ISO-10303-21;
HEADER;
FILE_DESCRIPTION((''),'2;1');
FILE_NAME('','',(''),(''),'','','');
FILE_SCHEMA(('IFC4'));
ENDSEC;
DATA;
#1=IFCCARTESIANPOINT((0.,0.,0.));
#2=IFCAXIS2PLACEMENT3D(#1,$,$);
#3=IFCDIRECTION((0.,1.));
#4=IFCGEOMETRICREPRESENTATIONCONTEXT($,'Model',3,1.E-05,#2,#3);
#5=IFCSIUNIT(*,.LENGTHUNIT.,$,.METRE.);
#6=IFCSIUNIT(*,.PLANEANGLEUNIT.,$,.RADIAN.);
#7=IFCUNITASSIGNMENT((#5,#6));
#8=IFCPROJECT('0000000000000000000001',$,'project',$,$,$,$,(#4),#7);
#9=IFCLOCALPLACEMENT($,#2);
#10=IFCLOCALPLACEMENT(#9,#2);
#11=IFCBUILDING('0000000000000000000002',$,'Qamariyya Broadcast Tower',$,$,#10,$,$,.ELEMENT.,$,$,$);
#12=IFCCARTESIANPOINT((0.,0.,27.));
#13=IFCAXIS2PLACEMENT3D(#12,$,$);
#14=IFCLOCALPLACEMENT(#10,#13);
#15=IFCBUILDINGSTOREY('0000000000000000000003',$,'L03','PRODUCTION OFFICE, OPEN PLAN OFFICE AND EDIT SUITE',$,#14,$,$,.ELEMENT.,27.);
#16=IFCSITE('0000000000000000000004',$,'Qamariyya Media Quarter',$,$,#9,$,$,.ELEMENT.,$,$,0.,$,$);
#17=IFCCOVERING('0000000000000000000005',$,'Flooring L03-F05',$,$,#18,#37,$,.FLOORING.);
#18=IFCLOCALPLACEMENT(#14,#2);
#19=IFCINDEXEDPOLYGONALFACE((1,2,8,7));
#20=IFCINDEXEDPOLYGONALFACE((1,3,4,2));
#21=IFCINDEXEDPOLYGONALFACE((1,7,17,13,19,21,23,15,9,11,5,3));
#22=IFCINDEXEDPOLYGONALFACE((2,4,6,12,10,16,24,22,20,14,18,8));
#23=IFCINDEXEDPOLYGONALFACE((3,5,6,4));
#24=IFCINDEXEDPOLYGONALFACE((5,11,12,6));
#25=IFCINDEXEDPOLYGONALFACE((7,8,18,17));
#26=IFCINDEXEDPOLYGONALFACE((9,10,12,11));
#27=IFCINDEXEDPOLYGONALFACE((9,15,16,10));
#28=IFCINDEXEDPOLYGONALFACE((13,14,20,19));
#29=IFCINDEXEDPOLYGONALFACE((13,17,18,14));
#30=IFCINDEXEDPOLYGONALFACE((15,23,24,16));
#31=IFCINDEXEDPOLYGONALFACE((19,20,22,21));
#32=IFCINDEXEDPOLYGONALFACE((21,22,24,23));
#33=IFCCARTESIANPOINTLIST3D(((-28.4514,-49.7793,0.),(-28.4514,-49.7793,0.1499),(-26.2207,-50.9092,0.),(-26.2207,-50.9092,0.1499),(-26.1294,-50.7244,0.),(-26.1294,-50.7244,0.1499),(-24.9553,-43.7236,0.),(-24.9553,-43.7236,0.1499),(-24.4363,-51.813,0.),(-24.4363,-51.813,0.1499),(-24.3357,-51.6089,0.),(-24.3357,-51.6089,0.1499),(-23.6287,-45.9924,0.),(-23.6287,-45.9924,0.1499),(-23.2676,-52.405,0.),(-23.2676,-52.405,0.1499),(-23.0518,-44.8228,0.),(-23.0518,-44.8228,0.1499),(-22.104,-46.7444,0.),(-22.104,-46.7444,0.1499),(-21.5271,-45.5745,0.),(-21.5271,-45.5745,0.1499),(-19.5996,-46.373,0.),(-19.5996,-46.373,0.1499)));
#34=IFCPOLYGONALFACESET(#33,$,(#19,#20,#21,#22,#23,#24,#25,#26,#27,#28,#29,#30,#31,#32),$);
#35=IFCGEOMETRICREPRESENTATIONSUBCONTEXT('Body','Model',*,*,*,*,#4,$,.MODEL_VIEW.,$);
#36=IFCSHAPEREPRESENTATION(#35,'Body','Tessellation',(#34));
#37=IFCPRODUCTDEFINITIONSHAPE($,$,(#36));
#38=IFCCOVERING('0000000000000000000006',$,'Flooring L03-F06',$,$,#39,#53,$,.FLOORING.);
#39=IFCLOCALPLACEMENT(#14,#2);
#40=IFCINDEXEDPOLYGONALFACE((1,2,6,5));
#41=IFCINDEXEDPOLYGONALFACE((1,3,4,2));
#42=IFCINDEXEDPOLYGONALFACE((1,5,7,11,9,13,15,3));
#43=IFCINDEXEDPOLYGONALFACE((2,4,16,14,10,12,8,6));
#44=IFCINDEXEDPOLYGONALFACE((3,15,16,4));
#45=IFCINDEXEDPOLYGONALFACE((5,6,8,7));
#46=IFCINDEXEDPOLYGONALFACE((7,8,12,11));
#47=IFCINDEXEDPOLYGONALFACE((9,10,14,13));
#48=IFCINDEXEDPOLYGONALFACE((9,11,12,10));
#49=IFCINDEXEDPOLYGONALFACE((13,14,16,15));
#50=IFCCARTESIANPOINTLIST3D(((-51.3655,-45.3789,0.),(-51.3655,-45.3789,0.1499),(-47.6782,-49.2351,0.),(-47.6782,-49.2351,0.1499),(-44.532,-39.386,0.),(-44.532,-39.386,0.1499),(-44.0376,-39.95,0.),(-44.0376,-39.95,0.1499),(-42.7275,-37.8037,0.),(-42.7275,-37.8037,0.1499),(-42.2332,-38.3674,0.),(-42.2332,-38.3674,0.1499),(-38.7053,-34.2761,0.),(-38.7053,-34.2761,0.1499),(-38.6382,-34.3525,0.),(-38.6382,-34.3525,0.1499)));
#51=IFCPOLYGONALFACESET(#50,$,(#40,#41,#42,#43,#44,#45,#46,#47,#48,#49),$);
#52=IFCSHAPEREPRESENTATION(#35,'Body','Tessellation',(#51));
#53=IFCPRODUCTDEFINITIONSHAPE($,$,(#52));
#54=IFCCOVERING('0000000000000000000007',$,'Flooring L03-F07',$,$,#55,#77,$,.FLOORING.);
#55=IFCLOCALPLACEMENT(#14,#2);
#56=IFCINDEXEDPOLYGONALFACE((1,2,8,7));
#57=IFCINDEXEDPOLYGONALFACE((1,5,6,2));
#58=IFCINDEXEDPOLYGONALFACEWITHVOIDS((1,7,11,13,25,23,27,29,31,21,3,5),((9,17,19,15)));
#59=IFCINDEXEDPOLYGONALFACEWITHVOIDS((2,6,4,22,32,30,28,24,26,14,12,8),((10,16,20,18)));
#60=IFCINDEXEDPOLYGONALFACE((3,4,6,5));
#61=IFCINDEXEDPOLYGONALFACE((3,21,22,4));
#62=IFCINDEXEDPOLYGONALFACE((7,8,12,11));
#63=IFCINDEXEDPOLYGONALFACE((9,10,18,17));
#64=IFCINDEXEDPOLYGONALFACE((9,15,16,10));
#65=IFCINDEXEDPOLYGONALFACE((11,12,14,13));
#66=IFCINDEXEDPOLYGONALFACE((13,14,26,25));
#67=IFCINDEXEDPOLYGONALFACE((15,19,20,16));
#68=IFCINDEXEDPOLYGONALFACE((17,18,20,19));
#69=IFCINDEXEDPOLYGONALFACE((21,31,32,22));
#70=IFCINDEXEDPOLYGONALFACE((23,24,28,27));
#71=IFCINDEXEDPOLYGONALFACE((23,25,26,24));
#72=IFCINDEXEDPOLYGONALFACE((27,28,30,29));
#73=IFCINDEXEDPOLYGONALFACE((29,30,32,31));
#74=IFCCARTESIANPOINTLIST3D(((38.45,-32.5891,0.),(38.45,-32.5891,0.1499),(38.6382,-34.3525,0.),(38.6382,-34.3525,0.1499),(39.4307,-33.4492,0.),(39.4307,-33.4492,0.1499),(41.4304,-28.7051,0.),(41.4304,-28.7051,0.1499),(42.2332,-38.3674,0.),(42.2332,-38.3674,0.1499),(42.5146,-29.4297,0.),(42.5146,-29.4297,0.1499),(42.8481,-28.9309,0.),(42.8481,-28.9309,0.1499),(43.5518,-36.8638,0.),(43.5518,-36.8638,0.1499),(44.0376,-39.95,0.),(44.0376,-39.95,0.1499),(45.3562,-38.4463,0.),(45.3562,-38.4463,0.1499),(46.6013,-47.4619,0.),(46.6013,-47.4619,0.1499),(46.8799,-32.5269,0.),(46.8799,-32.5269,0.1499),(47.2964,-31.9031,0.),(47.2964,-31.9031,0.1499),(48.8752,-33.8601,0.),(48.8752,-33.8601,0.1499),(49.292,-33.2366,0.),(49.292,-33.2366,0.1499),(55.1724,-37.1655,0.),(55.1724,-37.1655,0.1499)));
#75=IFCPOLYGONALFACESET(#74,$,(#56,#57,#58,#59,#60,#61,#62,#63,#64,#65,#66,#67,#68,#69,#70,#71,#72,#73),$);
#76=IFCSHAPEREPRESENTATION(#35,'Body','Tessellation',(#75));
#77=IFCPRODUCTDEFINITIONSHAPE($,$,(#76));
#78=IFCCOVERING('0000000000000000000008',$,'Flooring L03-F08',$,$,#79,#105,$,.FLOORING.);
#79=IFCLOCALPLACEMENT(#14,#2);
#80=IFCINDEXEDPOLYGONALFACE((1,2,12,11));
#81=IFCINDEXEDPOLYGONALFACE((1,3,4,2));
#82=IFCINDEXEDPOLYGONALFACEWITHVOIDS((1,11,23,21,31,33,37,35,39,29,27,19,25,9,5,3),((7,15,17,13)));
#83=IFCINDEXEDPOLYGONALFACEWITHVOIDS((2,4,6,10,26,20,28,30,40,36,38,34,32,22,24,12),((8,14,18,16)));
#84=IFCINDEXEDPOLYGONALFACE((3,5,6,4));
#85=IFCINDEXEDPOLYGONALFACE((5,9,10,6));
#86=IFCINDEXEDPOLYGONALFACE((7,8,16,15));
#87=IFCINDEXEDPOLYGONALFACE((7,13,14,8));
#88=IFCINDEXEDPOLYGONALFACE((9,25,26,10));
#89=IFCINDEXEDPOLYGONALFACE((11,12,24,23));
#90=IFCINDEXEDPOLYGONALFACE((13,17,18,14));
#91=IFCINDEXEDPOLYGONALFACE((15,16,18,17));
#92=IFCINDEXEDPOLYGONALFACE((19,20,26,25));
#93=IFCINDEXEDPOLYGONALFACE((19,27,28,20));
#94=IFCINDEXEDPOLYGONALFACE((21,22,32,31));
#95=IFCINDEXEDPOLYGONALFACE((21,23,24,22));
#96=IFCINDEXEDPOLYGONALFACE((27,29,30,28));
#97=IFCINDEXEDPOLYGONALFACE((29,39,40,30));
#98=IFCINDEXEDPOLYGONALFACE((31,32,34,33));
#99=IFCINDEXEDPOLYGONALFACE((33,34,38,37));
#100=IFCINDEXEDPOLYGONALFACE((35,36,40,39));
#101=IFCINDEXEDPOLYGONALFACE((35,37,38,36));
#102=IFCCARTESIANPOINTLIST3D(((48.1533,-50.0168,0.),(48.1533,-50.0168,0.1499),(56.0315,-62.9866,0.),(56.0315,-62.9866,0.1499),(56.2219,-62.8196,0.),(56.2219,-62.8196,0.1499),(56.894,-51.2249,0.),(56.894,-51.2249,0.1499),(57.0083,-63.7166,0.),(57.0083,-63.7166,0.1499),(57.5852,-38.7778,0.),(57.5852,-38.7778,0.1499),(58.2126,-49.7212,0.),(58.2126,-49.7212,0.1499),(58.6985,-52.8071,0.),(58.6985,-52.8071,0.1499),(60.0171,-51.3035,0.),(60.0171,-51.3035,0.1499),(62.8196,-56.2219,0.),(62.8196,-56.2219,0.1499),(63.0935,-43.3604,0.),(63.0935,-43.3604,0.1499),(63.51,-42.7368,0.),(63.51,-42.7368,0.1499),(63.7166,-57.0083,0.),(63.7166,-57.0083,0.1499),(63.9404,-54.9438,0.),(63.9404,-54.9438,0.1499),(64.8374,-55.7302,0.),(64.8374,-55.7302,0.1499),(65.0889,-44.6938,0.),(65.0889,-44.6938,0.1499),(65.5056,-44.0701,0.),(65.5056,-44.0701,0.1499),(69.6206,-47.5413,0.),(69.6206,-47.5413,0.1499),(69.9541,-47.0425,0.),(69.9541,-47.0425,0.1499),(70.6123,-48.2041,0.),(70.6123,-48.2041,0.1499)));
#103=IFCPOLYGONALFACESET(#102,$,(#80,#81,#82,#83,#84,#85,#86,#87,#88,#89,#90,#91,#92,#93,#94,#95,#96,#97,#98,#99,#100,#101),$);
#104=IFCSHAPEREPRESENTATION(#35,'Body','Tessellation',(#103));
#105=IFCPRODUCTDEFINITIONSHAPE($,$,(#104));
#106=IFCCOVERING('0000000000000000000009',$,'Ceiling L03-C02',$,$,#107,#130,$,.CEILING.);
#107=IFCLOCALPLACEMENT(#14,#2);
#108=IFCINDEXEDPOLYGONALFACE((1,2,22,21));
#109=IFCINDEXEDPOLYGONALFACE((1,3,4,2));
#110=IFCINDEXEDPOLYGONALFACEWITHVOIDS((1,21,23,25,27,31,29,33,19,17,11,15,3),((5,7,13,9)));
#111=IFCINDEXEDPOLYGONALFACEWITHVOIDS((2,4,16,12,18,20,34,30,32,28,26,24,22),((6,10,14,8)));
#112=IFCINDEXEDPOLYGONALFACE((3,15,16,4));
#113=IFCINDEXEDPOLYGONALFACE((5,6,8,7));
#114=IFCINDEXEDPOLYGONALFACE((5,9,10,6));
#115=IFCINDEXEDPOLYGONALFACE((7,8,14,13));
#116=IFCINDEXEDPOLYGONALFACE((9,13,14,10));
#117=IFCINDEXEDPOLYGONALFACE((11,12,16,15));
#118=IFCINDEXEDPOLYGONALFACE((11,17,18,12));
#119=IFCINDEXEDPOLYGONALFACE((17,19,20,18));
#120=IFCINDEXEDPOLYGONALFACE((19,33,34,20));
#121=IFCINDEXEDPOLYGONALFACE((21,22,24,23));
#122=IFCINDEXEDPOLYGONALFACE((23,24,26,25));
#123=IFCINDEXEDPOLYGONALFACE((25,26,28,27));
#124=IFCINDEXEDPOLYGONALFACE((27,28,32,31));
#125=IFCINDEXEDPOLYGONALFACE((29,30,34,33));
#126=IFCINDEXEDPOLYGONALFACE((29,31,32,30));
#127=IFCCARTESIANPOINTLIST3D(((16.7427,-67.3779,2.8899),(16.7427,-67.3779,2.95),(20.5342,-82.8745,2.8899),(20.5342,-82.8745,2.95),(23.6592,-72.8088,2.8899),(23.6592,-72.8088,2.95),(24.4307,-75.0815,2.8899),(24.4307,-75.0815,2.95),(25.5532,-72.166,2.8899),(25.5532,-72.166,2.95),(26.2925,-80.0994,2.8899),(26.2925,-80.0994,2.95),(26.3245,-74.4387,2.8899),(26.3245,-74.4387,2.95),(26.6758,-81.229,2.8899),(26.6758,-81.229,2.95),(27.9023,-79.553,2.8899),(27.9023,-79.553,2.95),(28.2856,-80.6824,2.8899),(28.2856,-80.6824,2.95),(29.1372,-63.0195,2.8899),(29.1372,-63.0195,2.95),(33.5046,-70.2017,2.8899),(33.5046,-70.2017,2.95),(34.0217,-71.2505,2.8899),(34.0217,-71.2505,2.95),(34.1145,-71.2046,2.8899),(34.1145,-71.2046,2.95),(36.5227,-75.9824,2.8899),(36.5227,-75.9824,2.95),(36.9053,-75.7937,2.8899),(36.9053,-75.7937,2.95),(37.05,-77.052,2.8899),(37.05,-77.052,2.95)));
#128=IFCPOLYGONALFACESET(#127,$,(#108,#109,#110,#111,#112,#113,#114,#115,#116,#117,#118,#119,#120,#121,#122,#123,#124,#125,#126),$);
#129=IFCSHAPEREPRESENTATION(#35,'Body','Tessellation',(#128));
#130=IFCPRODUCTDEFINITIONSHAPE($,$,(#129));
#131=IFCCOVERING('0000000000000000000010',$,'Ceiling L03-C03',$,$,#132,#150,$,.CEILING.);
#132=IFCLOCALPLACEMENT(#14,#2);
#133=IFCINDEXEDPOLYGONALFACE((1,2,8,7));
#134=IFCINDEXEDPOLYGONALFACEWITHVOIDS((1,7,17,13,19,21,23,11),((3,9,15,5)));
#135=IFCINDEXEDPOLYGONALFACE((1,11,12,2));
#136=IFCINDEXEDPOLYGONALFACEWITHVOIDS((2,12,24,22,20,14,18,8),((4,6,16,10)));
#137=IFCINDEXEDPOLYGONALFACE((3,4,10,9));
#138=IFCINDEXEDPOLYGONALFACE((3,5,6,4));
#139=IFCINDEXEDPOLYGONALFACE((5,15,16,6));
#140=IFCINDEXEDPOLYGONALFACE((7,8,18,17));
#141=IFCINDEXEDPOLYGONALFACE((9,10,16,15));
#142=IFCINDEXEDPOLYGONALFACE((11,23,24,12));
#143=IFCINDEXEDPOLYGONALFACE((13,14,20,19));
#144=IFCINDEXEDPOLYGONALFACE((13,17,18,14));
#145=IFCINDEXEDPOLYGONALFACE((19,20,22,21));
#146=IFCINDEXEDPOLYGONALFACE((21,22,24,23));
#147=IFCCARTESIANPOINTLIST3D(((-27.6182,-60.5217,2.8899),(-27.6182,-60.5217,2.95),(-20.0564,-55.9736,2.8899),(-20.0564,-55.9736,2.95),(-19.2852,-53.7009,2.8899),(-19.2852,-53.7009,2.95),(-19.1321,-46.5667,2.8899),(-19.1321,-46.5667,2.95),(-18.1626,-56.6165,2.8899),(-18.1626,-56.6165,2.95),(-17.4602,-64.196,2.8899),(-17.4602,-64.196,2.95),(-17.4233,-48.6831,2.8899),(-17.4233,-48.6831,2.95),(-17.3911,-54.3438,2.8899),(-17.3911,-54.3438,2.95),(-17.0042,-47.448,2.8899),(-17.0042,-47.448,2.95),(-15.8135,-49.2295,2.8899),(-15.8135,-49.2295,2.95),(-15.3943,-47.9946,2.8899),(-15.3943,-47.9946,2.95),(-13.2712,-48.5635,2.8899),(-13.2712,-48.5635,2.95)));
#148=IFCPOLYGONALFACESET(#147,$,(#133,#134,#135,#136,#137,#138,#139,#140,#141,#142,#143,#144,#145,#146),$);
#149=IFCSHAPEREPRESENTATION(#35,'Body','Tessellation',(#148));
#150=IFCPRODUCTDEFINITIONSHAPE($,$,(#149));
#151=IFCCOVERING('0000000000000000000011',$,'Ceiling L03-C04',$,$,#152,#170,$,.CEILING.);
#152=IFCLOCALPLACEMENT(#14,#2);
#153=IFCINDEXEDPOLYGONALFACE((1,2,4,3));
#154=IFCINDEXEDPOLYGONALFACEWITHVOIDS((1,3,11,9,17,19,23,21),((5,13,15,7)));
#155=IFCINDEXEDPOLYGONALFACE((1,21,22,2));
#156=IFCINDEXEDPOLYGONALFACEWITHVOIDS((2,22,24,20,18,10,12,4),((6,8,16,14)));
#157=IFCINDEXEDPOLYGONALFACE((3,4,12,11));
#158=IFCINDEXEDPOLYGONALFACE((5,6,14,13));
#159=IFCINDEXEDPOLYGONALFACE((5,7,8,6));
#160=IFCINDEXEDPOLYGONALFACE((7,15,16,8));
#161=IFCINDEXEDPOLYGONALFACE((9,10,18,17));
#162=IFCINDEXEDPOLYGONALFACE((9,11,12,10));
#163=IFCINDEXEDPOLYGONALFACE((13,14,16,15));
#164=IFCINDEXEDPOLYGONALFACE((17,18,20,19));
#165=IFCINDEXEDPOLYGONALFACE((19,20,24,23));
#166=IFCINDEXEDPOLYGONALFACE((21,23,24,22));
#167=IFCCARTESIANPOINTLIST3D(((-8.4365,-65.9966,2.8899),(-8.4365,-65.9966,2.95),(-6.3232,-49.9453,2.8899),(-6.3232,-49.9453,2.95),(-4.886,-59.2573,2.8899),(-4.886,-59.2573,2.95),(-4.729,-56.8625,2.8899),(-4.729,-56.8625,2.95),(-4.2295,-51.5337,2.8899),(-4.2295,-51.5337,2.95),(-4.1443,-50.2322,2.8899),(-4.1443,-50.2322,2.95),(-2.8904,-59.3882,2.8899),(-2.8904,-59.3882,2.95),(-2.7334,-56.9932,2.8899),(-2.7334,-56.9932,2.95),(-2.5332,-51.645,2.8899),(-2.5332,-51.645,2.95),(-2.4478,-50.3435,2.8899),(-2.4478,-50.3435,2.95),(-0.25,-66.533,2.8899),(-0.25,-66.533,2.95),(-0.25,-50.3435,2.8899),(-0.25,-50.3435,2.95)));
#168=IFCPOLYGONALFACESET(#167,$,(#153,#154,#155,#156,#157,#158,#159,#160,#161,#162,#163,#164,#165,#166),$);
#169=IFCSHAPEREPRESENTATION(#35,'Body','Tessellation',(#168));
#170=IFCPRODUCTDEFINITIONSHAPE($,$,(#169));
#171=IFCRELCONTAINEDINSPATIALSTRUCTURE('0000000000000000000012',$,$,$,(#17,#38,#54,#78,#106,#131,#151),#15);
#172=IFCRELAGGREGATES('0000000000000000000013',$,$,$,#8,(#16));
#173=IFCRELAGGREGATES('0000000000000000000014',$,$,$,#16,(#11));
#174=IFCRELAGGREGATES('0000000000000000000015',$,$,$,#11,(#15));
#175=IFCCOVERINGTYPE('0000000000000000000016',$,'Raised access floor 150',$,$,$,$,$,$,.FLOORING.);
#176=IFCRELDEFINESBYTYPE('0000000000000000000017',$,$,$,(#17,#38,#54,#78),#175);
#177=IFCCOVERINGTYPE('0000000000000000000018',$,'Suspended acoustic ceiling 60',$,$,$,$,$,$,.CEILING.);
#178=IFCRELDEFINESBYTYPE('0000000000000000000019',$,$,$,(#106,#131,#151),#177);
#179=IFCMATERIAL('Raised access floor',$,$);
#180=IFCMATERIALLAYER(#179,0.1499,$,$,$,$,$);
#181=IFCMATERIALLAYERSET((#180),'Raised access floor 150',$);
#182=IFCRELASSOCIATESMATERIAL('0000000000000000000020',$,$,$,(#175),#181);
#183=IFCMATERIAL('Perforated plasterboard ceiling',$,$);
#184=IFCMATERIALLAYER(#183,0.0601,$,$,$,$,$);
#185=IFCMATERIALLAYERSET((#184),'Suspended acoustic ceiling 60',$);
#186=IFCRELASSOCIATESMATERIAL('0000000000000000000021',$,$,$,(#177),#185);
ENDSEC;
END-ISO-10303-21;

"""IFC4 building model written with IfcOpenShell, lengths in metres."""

from ifc_helpers import new_model, si_unit, direction, frame, origin, place, context, subcontext, project, spatial, polyline, outline, extrude, material, layer, layer_set, type_object, element, save


model = new_model("IFC4")

# Units and contexts
model_context = context("Model", 3, precision=1e-05, world=origin(), true_north=direction((0.0, 1.0)))
body_context = subcontext(model_context, "Body", "Model", "MODEL_VIEW")
ifc_project = project(units=[si_unit("LENGTHUNIT", "METRE"), si_unit("PLANEANGLEUNIT", "RADIAN")], contexts=[model_context])

# Site, building, storey
site_placement = place(None, origin())
site = spatial("IfcSite", under=ifc_project, at=site_placement, Name="Qamariyya Media Quarter", CompositionType="ELEMENT", RefElevation=0.0)
building_placement = place(site_placement, origin())
building = spatial("IfcBuilding", under=site, at=building_placement, Name="Qamariyya Broadcast Tower", CompositionType="ELEMENT")
storey_placement = place(building_placement, frame((0.0, 0.0, 27.0)))
storey = spatial("IfcBuildingStorey", under=building, at=storey_placement, Name="L03", Description="PRODUCTION OFFICE, OPEN PLAN OFFICE AND EDIT SUITE", CompositionType="ELEMENT", Elevation=27.0)

# Coverings
ifc_material_1 = material(Name="Raised access floor")
ifc_layer_1 = layer(ifc_material_1, 0.1499)
ifc_layer_set_1 = layer_set([ifc_layer_1], Name="Raised access floor 150")
covering_type_1 = type_object("IfcCoveringType", Name="Raised access floor 150", PredefinedType="FLOORING", material=ifc_layer_set_1)
covering_1_placement = place(storey_placement, origin())
element("IfcCovering", 1, at=covering_1_placement, inside=storey, type_object=covering_type_1, Name="Flooring L03-F05", PredefinedType="FLOORING", context=body_context, shape_type="SweptSolid", body=[
    extrude(outline(polyline([(-24.3357, -51.6089), (-26.1294, -50.7244), (-26.2207, -50.9092), (-28.4514, -49.7793), (-24.9553, -43.7236), (-23.0518, -44.8228), (-23.6287, -45.9924), (-22.104, -46.7444), (-21.5271, -45.5745), (-19.5996, -46.373), (-23.2676, -52.405), (-24.4363, -51.813), (-24.3357, -51.6089)])), origin(), (0.0, 0.0, 1.0), 0.1499),
])
covering_2_placement = place(storey_placement, origin())
element("IfcCovering", 2, at=covering_2_placement, inside=storey, type_object=covering_type_1, Name="Flooring L03-F06", PredefinedType="FLOORING", context=body_context, shape_type="SweptSolid", body=[
    extrude(outline(polyline([(-51.3655, -45.3789), (-44.532, -39.386), (-44.0376, -39.95), (-42.2332, -38.3674), (-42.7275, -37.8037), (-38.7053, -34.2761), (-38.6382, -34.3525), (-47.6782, -49.2351), (-51.3655, -45.3789)])), origin(), (0.0, 0.0, 1.0), 0.1499),
])
covering_3_placement = place(storey_placement, origin())
element("IfcCovering", 3, at=covering_3_placement, inside=storey, type_object=covering_type_1, Name="Flooring L03-F07", PredefinedType="FLOORING", context=body_context, shape_type="SweptSolid", body=[
    extrude(outline(polyline([(38.6382, -34.3525), (39.4307, -33.4492), (38.45, -32.5891), (41.4304, -28.7051), (42.5146, -29.4297), (42.8481, -28.9309), (47.2964, -31.9031), (46.8799, -32.5269), (48.8752, -33.8601), (49.292, -33.2366), (55.1724, -37.1655), (46.6013, -47.4619), (38.6382, -34.3525)]), holes=[polyline([(44.0376, -39.95), (45.3562, -38.4463), (43.5518, -36.8638), (42.2332, -38.3674), (44.0376, -39.95)])]), origin(), (0.0, 0.0, 1.0), 0.1499),
])
covering_4_placement = place(storey_placement, origin())
element("IfcCovering", 4, at=covering_4_placement, inside=storey, type_object=covering_type_1, Name="Flooring L03-F08", PredefinedType="FLOORING", context=body_context, shape_type="SweptSolid", body=[
    extrude(outline(polyline([(57.5852, -38.7778), (63.51, -42.7368), (63.0935, -43.3604), (65.0889, -44.6938), (65.5056, -44.0701), (69.9541, -47.0425), (69.6206, -47.5413), (70.6123, -48.2041), (64.8374, -55.7302), (63.9404, -54.9438), (62.8196, -56.2219), (63.7166, -57.0083), (57.0083, -63.7166), (56.2219, -62.8196), (56.0315, -62.9866), (48.1533, -50.0168), (57.5852, -38.7778)]), holes=[polyline([(58.6985, -52.8071), (60.0171, -51.3035), (58.2126, -49.7212), (56.894, -51.2249), (58.6985, -52.8071)])]), origin(), (0.0, 0.0, 1.0), 0.1499),
])
ifc_material_2 = material(Name="Perforated plasterboard ceiling")
ifc_layer_2 = layer(ifc_material_2, 0.0601)
ifc_layer_set_2 = layer_set([ifc_layer_2], Name="Suspended acoustic ceiling 60")
covering_type_2 = type_object("IfcCoveringType", Name="Suspended acoustic ceiling 60", PredefinedType="CEILING", material=ifc_layer_set_2)
covering_5_placement = place(storey_placement, frame((0.0, 0.0, 2.8899)))
element("IfcCovering", 5, at=covering_5_placement, inside=storey, type_object=covering_type_2, Name="Ceiling L03-C02", PredefinedType="CEILING", context=body_context, shape_type="SweptSolid", body=[
    extrude(outline(polyline([(33.5046, -70.2017), (34.0217, -71.2505), (34.1145, -71.2046), (36.9053, -75.7937), (36.5227, -75.9824), (37.05, -77.052), (28.2856, -80.6824), (27.9023, -79.553), (26.2925, -80.0994), (26.6758, -81.229), (20.5342, -82.8745), (16.7427, -67.3779), (29.1372, -63.0195), (33.5046, -70.2017)]), holes=[polyline([(24.4307, -75.0815), (26.3245, -74.4387), (25.5532, -72.166), (23.6592, -72.8088), (24.4307, -75.0815)])]), origin(), (0.0, 0.0, 1.0), 0.0601),
])
covering_6_placement = place(storey_placement, frame((0.0, 0.0, 2.8899)))
element("IfcCovering", 6, at=covering_6_placement, inside=storey, type_object=covering_type_2, Name="Ceiling L03-C03", PredefinedType="CEILING", context=body_context, shape_type="SweptSolid", body=[
    extrude(outline(polyline([(-19.1321, -46.5667), (-17.0042, -47.448), (-17.4233, -48.6831), (-15.8135, -49.2295), (-15.3943, -47.9946), (-13.2712, -48.5635), (-17.4602, -64.196), (-27.6182, -60.5217), (-19.1321, -46.5667)]), holes=[polyline([(-20.0564, -55.9736), (-18.1626, -56.6165), (-17.3911, -54.3438), (-19.2852, -53.7009), (-20.0564, -55.9736)])]), origin(), (0.0, 0.0, 1.0), 0.0601),
])
covering_7_placement = place(storey_placement, frame((0.0, 0.0, 2.8899)))
element("IfcCovering", 7, at=covering_7_placement, inside=storey, type_object=covering_type_2, Name="Ceiling L03-C04", PredefinedType="CEILING", context=body_context, shape_type="SweptSolid", body=[
    extrude(outline(polyline([(-6.3232, -49.9453), (-4.1443, -50.2322), (-4.2295, -51.5337), (-2.5332, -51.645), (-2.4478, -50.3435), (-0.25, -50.3435), (-0.25, -66.533), (-8.4365, -65.9966), (-6.3232, -49.9453)]), holes=[polyline([(-4.729, -56.8625), (-4.886, -59.2573), (-2.8904, -59.3882), (-2.7334, -56.9932), (-4.729, -56.8625)])]), origin(), (0.0, 0.0, 1.0), 0.0601),
])

save(model, "model.ifc")
